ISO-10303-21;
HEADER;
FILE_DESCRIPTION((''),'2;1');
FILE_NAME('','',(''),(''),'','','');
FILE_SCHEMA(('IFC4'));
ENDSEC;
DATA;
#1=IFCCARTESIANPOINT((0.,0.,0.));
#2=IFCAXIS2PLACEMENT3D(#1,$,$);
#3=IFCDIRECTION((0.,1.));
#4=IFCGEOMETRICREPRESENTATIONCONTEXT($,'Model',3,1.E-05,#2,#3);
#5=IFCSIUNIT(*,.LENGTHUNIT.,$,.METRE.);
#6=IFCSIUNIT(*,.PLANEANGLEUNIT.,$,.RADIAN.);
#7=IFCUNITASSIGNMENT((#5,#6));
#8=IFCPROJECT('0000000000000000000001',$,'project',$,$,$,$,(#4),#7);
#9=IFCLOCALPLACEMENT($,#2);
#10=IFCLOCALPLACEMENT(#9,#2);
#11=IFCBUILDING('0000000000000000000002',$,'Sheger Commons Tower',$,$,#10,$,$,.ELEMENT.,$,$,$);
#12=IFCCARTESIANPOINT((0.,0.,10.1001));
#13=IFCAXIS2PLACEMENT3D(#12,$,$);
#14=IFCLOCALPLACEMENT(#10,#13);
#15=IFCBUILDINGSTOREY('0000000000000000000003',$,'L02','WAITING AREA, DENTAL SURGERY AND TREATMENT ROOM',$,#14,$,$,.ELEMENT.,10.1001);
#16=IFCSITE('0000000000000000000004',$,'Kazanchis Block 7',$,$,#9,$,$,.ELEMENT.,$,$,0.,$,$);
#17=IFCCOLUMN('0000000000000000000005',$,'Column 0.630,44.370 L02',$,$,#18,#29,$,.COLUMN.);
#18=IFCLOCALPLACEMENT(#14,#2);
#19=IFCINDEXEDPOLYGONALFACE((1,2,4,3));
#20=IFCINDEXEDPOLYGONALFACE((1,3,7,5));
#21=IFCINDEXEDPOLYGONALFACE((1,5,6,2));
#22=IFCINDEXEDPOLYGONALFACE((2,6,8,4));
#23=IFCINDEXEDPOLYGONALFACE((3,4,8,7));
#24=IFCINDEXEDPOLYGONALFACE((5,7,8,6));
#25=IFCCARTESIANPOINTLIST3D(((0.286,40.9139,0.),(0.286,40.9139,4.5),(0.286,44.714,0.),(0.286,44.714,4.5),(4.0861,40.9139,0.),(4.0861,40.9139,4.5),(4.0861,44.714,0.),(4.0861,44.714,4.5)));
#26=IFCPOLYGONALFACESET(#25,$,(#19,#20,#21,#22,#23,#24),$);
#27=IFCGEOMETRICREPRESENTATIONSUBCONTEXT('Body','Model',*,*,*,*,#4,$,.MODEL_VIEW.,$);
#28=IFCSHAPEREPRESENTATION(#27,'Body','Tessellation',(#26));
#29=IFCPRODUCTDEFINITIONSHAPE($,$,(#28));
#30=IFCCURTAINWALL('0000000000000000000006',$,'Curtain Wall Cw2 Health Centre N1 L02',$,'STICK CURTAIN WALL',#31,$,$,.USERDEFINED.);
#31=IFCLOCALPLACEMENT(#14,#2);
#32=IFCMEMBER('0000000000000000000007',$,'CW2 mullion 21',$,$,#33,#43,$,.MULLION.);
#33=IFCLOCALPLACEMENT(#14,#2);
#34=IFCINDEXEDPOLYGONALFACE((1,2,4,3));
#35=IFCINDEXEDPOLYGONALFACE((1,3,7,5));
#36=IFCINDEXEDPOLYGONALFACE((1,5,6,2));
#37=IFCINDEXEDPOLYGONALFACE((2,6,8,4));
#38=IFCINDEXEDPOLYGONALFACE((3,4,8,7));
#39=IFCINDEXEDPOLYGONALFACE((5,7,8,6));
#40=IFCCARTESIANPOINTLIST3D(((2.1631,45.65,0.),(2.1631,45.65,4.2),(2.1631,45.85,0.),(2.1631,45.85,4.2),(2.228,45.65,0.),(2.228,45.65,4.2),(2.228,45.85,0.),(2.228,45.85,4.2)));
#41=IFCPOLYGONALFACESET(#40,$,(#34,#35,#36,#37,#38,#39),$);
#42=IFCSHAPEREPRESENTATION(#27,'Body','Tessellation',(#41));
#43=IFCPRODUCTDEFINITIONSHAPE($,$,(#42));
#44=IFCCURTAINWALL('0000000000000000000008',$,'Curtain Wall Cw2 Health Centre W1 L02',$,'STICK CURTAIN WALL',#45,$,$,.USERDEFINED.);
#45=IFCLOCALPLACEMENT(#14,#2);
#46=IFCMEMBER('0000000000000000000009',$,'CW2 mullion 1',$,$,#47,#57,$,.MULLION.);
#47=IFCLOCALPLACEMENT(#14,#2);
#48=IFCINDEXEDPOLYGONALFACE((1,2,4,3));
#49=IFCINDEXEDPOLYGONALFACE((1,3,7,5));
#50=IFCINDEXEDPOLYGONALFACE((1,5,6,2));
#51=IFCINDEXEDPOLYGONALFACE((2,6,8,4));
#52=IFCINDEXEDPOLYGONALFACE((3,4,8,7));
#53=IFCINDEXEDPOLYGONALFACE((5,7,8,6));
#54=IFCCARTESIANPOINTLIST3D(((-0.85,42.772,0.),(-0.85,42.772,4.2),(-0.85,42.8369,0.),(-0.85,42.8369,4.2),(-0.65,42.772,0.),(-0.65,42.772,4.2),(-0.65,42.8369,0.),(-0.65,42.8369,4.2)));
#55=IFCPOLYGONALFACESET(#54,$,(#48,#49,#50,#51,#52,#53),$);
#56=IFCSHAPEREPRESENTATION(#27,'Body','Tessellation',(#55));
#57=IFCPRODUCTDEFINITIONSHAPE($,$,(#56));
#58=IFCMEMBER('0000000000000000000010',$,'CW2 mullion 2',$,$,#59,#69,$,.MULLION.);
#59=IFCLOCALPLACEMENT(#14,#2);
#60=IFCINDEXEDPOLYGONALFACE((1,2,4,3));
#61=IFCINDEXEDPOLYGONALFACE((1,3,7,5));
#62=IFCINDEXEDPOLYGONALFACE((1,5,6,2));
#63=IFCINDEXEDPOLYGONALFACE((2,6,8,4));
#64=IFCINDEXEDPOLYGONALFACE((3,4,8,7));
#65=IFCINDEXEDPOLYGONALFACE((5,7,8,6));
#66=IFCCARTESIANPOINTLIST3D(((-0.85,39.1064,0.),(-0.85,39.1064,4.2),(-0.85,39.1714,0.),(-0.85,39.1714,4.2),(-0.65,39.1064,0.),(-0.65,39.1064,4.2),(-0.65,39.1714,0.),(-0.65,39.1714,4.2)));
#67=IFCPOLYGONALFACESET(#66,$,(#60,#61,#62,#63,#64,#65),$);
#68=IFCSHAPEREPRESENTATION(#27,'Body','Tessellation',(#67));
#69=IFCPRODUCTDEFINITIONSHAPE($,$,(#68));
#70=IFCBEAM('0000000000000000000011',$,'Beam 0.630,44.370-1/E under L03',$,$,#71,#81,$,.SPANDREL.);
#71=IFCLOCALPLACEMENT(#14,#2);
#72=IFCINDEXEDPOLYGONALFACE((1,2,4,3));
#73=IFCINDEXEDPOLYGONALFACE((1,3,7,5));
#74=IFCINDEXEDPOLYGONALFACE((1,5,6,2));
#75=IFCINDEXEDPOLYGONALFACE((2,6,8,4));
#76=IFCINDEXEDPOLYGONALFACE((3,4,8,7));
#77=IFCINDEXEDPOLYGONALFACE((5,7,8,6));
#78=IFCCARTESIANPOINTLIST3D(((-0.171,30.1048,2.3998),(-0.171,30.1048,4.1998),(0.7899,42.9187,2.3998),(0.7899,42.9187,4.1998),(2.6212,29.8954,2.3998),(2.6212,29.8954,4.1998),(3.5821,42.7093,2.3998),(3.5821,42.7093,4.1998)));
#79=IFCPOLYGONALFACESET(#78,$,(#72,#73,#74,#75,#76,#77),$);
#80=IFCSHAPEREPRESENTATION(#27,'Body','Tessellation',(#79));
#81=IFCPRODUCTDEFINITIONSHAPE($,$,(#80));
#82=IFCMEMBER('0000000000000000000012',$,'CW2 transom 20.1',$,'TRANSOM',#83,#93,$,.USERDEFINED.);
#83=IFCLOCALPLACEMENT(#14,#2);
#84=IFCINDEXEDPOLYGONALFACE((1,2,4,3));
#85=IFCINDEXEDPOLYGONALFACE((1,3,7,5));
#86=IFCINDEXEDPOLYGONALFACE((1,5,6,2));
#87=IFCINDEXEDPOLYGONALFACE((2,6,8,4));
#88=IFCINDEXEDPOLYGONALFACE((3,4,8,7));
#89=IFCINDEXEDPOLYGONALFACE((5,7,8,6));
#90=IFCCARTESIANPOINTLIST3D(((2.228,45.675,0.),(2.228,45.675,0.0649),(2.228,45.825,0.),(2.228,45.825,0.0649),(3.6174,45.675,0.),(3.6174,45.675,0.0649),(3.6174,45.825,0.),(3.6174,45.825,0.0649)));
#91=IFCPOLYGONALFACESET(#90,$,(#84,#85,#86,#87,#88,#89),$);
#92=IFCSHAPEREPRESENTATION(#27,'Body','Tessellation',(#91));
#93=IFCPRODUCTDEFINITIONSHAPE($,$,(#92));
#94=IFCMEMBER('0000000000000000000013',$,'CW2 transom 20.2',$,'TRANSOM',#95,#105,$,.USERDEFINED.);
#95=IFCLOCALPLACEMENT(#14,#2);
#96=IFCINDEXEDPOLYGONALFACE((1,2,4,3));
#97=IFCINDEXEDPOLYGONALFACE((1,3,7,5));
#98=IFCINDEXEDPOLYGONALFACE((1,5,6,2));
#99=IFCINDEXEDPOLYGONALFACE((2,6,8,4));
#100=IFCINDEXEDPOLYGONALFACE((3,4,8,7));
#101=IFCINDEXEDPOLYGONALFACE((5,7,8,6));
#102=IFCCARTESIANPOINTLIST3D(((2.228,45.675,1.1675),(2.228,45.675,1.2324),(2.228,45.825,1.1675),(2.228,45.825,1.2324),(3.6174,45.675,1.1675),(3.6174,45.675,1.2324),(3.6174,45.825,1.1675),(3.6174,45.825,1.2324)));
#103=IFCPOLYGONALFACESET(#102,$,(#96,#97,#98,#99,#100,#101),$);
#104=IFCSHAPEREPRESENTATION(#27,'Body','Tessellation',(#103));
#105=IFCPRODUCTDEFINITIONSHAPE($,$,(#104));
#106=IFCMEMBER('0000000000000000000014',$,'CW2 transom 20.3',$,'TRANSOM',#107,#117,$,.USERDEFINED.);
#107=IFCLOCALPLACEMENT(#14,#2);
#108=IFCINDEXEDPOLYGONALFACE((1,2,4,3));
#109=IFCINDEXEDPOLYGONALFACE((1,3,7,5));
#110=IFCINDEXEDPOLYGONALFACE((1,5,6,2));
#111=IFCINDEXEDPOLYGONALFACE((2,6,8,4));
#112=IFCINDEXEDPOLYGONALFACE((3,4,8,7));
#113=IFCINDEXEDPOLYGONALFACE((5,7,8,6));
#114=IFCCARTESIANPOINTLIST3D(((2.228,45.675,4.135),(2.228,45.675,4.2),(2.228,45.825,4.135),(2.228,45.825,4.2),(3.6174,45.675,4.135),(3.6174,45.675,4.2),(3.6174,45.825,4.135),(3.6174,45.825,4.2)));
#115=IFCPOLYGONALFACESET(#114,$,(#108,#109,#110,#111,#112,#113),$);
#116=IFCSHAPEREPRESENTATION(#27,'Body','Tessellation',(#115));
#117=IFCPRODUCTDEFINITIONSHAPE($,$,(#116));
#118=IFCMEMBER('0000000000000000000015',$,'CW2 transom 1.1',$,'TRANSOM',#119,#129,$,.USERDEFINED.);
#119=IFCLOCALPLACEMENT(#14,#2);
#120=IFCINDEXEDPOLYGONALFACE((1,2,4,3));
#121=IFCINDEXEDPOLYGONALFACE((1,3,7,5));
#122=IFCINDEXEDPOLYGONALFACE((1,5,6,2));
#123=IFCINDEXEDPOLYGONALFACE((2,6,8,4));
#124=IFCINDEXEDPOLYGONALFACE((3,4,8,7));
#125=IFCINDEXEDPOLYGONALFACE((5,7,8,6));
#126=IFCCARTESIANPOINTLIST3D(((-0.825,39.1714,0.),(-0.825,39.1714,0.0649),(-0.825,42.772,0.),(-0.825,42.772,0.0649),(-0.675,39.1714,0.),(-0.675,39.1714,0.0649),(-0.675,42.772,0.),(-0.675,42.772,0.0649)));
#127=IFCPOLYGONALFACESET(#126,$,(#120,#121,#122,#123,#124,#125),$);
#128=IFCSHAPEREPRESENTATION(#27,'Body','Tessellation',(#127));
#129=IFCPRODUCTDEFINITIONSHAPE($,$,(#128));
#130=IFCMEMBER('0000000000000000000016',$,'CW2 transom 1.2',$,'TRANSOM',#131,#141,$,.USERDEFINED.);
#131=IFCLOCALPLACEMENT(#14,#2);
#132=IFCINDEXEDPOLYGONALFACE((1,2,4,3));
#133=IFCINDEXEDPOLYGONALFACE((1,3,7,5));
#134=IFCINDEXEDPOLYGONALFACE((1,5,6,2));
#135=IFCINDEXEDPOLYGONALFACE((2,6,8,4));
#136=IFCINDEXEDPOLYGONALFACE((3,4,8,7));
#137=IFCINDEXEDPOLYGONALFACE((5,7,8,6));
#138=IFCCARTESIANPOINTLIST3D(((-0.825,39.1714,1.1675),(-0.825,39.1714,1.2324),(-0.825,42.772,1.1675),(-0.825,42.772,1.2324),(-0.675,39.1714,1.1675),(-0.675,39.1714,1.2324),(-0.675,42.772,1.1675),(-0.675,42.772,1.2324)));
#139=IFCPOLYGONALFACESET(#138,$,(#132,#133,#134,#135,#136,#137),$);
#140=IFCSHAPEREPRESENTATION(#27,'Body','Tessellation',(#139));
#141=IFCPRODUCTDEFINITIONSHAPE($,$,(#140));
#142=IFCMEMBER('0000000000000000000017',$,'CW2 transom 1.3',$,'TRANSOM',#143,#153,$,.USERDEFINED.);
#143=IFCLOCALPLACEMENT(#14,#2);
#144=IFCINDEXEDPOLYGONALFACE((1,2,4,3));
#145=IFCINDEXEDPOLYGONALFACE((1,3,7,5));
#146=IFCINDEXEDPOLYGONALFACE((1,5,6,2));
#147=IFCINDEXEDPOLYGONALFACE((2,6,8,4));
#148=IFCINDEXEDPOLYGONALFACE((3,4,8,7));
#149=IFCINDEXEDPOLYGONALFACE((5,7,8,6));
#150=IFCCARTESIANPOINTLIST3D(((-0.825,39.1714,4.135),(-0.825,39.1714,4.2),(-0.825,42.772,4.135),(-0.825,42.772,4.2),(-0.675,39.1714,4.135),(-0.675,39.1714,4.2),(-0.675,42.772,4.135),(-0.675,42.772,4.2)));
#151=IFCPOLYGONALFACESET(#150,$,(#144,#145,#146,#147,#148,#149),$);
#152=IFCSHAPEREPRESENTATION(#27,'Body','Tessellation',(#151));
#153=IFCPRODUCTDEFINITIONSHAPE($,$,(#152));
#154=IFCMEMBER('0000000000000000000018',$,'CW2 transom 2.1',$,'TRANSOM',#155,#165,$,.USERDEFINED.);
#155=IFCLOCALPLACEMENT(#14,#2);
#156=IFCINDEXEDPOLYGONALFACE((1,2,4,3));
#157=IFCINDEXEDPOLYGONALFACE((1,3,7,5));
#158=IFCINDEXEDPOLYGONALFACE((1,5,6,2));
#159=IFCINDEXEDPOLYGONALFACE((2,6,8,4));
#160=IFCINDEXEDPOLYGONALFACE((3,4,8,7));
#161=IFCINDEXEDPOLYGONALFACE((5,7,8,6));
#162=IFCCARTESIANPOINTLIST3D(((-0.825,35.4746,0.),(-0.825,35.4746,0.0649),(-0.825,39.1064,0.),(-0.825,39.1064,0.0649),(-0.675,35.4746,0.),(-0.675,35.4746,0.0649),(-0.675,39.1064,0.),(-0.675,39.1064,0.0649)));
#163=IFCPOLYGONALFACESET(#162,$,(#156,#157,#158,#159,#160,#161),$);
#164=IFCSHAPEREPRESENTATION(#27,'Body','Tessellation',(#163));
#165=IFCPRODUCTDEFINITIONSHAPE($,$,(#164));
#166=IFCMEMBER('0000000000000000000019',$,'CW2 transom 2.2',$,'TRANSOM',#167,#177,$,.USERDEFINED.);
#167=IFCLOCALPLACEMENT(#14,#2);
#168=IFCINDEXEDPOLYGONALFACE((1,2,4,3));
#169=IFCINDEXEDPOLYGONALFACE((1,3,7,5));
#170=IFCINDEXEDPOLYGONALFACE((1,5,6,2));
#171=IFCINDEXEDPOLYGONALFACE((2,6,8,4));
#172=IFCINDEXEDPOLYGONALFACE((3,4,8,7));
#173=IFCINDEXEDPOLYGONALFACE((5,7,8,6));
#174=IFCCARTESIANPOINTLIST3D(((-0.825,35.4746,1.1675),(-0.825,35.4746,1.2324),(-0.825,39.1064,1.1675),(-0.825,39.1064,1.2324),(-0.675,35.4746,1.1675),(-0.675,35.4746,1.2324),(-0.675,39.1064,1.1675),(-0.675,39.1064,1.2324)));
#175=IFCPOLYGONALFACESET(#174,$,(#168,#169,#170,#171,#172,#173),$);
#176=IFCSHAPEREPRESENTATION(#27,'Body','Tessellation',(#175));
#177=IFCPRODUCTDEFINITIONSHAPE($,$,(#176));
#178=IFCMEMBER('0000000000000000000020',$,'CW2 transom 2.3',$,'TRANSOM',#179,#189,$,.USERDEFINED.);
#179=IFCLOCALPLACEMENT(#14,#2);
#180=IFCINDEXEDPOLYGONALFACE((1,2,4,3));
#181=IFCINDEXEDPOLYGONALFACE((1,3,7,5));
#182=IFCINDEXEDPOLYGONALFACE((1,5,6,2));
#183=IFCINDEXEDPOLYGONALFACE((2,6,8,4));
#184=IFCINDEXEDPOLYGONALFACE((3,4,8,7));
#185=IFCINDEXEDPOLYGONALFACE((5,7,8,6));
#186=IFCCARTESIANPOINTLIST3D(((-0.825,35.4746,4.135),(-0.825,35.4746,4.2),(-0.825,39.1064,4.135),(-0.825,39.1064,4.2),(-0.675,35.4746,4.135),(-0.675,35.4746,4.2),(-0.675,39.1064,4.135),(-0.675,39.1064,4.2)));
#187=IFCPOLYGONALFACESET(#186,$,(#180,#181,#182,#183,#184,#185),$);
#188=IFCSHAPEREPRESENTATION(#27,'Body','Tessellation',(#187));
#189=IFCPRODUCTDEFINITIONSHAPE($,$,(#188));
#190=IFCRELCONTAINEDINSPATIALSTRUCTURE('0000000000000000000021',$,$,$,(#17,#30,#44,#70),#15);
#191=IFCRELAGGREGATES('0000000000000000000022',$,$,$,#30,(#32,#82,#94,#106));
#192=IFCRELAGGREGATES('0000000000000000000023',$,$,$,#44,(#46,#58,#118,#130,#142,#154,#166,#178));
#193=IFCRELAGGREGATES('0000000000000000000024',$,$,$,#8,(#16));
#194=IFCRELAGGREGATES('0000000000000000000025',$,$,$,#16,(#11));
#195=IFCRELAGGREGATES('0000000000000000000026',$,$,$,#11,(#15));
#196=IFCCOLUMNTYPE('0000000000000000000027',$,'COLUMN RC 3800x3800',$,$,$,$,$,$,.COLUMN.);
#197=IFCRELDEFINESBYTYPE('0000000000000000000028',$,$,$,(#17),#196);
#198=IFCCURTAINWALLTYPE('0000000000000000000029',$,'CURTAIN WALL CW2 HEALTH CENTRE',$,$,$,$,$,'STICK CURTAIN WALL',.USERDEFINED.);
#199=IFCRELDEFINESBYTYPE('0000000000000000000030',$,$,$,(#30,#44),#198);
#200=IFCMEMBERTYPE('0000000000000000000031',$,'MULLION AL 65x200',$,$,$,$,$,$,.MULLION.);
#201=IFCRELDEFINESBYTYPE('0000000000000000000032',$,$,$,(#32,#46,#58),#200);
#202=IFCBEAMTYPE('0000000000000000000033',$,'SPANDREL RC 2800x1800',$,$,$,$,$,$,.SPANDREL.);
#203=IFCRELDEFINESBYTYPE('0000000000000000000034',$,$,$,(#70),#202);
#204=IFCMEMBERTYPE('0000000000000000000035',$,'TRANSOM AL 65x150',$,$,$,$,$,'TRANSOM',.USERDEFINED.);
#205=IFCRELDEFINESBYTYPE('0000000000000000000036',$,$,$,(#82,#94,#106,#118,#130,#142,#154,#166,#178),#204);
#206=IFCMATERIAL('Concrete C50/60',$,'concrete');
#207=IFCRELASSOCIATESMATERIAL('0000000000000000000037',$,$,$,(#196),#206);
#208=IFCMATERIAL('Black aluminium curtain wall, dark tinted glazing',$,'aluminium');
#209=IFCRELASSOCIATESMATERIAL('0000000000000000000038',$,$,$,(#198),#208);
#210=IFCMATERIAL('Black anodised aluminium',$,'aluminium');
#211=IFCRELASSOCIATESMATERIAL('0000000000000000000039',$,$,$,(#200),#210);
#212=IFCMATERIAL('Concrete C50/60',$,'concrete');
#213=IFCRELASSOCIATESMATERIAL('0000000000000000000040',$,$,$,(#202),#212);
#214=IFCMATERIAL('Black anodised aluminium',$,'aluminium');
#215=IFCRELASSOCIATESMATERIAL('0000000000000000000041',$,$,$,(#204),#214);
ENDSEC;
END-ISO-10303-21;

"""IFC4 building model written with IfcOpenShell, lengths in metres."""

from ifc_helpers import new_model, si_unit, direction, frame, origin, origin_2d, place, context, subcontext, project, spatial, rectangle, extrude, material, material_profile, profile_set, type_object, element, aggregate, save


model = new_model("IFC4")

# Units and contexts
model_context = context("Model", 3, precision=1e-05, world=origin(), true_north=direction((0.0, 1.0)))
body_context = subcontext(model_context, "Body", "Model", "MODEL_VIEW")
ifc_project = project(units=[si_unit("LENGTHUNIT", "METRE"), si_unit("PLANEANGLEUNIT", "RADIAN")], contexts=[model_context])

# Site, building, storey
site_placement = place(None, origin())
site = spatial("IfcSite", under=ifc_project, at=site_placement, Name="Kazanchis Block 7", CompositionType="ELEMENT", RefElevation=0.0)
building_placement = place(site_placement, origin())
building = spatial("IfcBuilding", under=site, at=building_placement, Name="Sheger Commons Tower", CompositionType="ELEMENT")
storey_placement = place(building_placement, frame((0.0, 0.0, 10.1001)))
storey = spatial("IfcBuildingStorey", under=building, at=storey_placement, Name="L02", Description="WAITING AREA, DENTAL SURGERY AND TREATMENT ROOM", CompositionType="ELEMENT", Elevation=10.1001)

# Column
ifc_material_1 = material(Name="Concrete C50/60", Category="concrete")
ifc_material_profile_1 = material_profile(ifc_material_1, rectangle(XDim=3.8, YDim=3.8, at=origin_2d()), Name="RC 3800x3800")
ifc_profile_set_1 = profile_set([ifc_material_profile_1], Name="Concrete C50/60")
column_type = type_object("IfcColumnType", Name="COLUMN RC 3800x3800", PredefinedType="COLUMN", material=ifc_profile_set_1)
column_placement = place(storey_placement, frame((2.186, 42.814, 0.0), z_axis=(0.0, 0.0, 1.0), x_axis=(1.0, 0.0, 0.0)))
element("IfcColumn", 1, at=column_placement, inside=storey, type_object=column_type, Name="Column 0.630,44.370 L02", PredefinedType="COLUMN", context=body_context, shape_type="SweptSolid", body=[
    extrude(rectangle(XDim=3.8, YDim=3.8, at=origin_2d()), origin(), (0.0, 0.0, 1.0), 4.5),
])

# Curtain wall, member
ifc_material_2 = material(Name="Black aluminium curtain wall, dark tinted glazing", Category="aluminium")
curtain_wall_type = type_object("IfcCurtainWallType", Name="CURTAIN WALL CW2 HEALTH CENTRE", ElementType="STICK CURTAIN WALL", PredefinedType="USERDEFINED", material=ifc_material_2)
curtain_wall_1_placement = place(storey_placement, origin())
curtain_wall_1 = element("IfcCurtainWall", 2, at=curtain_wall_1_placement, inside=storey, type_object=curtain_wall_type, Name="Curtain Wall Cw2 Health Centre N1 L02", ObjectType="STICK CURTAIN WALL", PredefinedType="USERDEFINED")
ifc_material_3 = material(Name="Black anodised aluminium", Category="aluminium")
ifc_material_profile_2 = material_profile(ifc_material_3, rectangle(XDim=0.2, YDim=0.0649, at=origin_2d()), Name="AL 65x200")
ifc_profile_set_2 = profile_set([ifc_material_profile_2], Name="Black anodised aluminium")
member_type_1 = type_object("IfcMemberType", Name="MULLION AL 65x200", PredefinedType="MULLION", material=ifc_profile_set_2)
member_1_placement = place(storey_placement, frame((2.1956, 45.75, 0.0), z_axis=(0.0, 0.0, 1.0), x_axis=(0.0, -1.0, 0.0)))
member_1 = element("IfcMember", 3, at=member_1_placement, type_object=member_type_1, Name="CW2 mullion 21", PredefinedType="MULLION", context=body_context, shape_type="SweptSolid", body=[
    extrude(rectangle(XDim=0.2, YDim=0.0649, at=origin_2d()), origin(), (0.0, 0.0, 1.0), 4.2),
])

# Curtain wall, members
curtain_wall_2_placement = place(storey_placement, origin())
curtain_wall_2 = element("IfcCurtainWall", 4, at=curtain_wall_2_placement, inside=storey, type_object=curtain_wall_type, Name="Curtain Wall Cw2 Health Centre W1 L02", ObjectType="STICK CURTAIN WALL", PredefinedType="USERDEFINED")
member_2_placement = place(storey_placement, frame((-0.75, 42.8044, 0.0), z_axis=(0.0, 0.0, 1.0), x_axis=(1.0, 0.0, 0.0)))
member_2 = element("IfcMember", 5, at=member_2_placement, type_object=member_type_1, Name="CW2 mullion 1", PredefinedType="MULLION", context=body_context, shape_type="SweptSolid", body=[
    extrude(rectangle(XDim=0.2, YDim=0.0649, at=origin_2d()), origin(), (0.0, 0.0, 1.0), 4.2),
])
member_3_placement = place(storey_placement, frame((-0.75, 39.1389, 0.0), z_axis=(0.0, 0.0, 1.0), x_axis=(1.0, 0.0, 0.0)))
member_3 = element("IfcMember", 6, at=member_3_placement, type_object=member_type_1, Name="CW2 mullion 2", PredefinedType="MULLION", context=body_context, shape_type="SweptSolid", body=[
    extrude(rectangle(XDim=0.2, YDim=0.0649, at=origin_2d()), origin(), (0.0, 0.0, 1.0), 4.2),
])

# Beam
ifc_material_4 = material(Name="Concrete C50/60", Category="concrete")
ifc_material_profile_3 = material_profile(ifc_material_4, rectangle(XDim=2.8, YDim=1.8, at=origin_2d()), Name="RC 2800x1800")
ifc_profile_set_3 = profile_set([ifc_material_profile_3], Name="Concrete C50/60")
beam_type = type_object("IfcBeamType", Name="SPANDREL RC 2800x1800", PredefinedType="SPANDREL", material=ifc_profile_set_3)
beam_placement = place(storey_placement, frame((2.186, 42.814, 3.2998), z_axis=(-0.074781, -0.9972, 0.0), x_axis=(0.9972, -0.074781, 0.0)))
element("IfcBeam", 7, at=beam_placement, inside=storey, type_object=beam_type, Name="Beam 0.630,44.370-1/E under L03", PredefinedType="SPANDREL", context=body_context, shape_type="SweptSolid", body=[
    extrude(rectangle(XDim=2.8, YDim=1.8, at=origin_2d()), origin(), (0.0, 0.0, 1.0), 12.8499),
])

# Members
ifc_material_5 = material(Name="Black anodised aluminium", Category="aluminium")
ifc_material_profile_4 = material_profile(ifc_material_5, rectangle(XDim=0.1499, YDim=0.0649, at=origin_2d()), Name="AL 65x150")
ifc_profile_set_4 = profile_set([ifc_material_profile_4], Name="Black anodised aluminium")
member_type_2 = type_object("IfcMemberType", Name="TRANSOM AL 65x150", ElementType="TRANSOM", PredefinedType="USERDEFINED", material=ifc_profile_set_4)
member_4_placement = place(storey_placement, frame((3.6174, 45.75, 0.0325), z_axis=(-1.0, 0.0, 0.0), x_axis=(0.0, -1.0, 0.0)))
member_4 = element("IfcMember", 8, at=member_4_placement, type_object=member_type_2, Name="CW2 transom 20.1", ObjectType="TRANSOM", PredefinedType="USERDEFINED", context=body_context, shape_type="SweptSolid", body=[
    extrude(rectangle(XDim=0.1499, YDim=0.0649, at=origin_2d()), origin(), (0.0, 0.0, 1.0), 1.3894),
])
member_5_placement = place(storey_placement, frame((3.6174, 45.75, 1.2), z_axis=(-1.0, 0.0, 0.0), x_axis=(0.0, -1.0, 0.0)))
member_5 = element("IfcMember", 9, at=member_5_placement, type_object=member_type_2, Name="CW2 transom 20.2", ObjectType="TRANSOM", PredefinedType="USERDEFINED", context=body_context, shape_type="SweptSolid", body=[
    extrude(rectangle(XDim=0.1499, YDim=0.0649, at=origin_2d()), origin(), (0.0, 0.0, 1.0), 1.3894),
])
member_6_placement = place(storey_placement, frame((3.6174, 45.75, 4.1675), z_axis=(-1.0, 0.0, 0.0), x_axis=(0.0, -1.0, 0.0)))
member_6 = element("IfcMember", 10, at=member_6_placement, type_object=member_type_2, Name="CW2 transom 20.3", ObjectType="TRANSOM", PredefinedType="USERDEFINED", context=body_context, shape_type="SweptSolid", body=[
    extrude(rectangle(XDim=0.1499, YDim=0.0649, at=origin_2d()), origin(), (0.0, 0.0, 1.0), 1.3894),
])
member_7_placement = place(storey_placement, frame((-0.75, 42.772, 0.0325), z_axis=(0.0, -1.0, 0.0), x_axis=(1.0, 0.0, 0.0)))
member_7 = element("IfcMember", 11, at=member_7_placement, type_object=member_type_2, Name="CW2 transom 1.1", ObjectType="TRANSOM", PredefinedType="USERDEFINED", context=body_context, shape_type="SweptSolid", body=[
    extrude(rectangle(XDim=0.1499, YDim=0.0649, at=origin_2d()), origin(), (0.0, 0.0, 1.0), 3.6006),
])
member_8_placement = place(storey_placement, frame((-0.75, 42.772, 1.2), z_axis=(0.0, -1.0, 0.0), x_axis=(1.0, 0.0, 0.0)))
member_8 = element("IfcMember", 12, at=member_8_placement, type_object=member_type_2, Name="CW2 transom 1.2", ObjectType="TRANSOM", PredefinedType="USERDEFINED", context=body_context, shape_type="SweptSolid", body=[
    extrude(rectangle(XDim=0.1499, YDim=0.0649, at=origin_2d()), origin(), (0.0, 0.0, 1.0), 3.6006),
])
member_9_placement = place(storey_placement, frame((-0.75, 42.772, 4.1675), z_axis=(0.0, -1.0, 0.0), x_axis=(1.0, 0.0, 0.0)))
member_9 = element("IfcMember", 13, at=member_9_placement, type_object=member_type_2, Name="CW2 transom 1.3", ObjectType="TRANSOM", PredefinedType="USERDEFINED", context=body_context, shape_type="SweptSolid", body=[
    extrude(rectangle(XDim=0.1499, YDim=0.0649, at=origin_2d()), origin(), (0.0, 0.0, 1.0), 3.6006),
])
member_10_placement = place(storey_placement, frame((-0.75, 39.1064, 0.0325), z_axis=(0.0, -1.0, 0.0), x_axis=(1.0, 0.0, 0.0)))
member_10 = element("IfcMember", 14, at=member_10_placement, type_object=member_type_2, Name="CW2 transom 2.1", ObjectType="TRANSOM", PredefinedType="USERDEFINED", context=body_context, shape_type="SweptSolid", body=[
    extrude(rectangle(XDim=0.1499, YDim=0.0649, at=origin_2d()), origin(), (0.0, 0.0, 1.0), 3.6318),
])
member_11_placement = place(storey_placement, frame((-0.75, 39.1064, 1.2), z_axis=(0.0, -1.0, 0.0), x_axis=(1.0, 0.0, 0.0)))
member_11 = element("IfcMember", 15, at=member_11_placement, type_object=member_type_2, Name="CW2 transom 2.2", ObjectType="TRANSOM", PredefinedType="USERDEFINED", context=body_context, shape_type="SweptSolid", body=[
    extrude(rectangle(XDim=0.1499, YDim=0.0649, at=origin_2d()), origin(), (0.0, 0.0, 1.0), 3.6318),
])
member_12_placement = place(storey_placement, frame((-0.75, 39.1064, 4.1675), z_axis=(0.0, -1.0, 0.0), x_axis=(1.0, 0.0, 0.0)))
member_12 = element("IfcMember", 16, at=member_12_placement, type_object=member_type_2, Name="CW2 transom 2.3", ObjectType="TRANSOM", PredefinedType="USERDEFINED", context=body_context, shape_type="SweptSolid", body=[
    extrude(rectangle(XDim=0.1499, YDim=0.0649, at=origin_2d()), origin(), (0.0, 0.0, 1.0), 3.6318),
])

aggregate(curtain_wall_1, [member_1, member_4, member_5, member_6])
aggregate(curtain_wall_2, [member_2, member_3, member_7, member_8, member_9, member_10, member_11, member_12])

save(model, "model.ifc")
